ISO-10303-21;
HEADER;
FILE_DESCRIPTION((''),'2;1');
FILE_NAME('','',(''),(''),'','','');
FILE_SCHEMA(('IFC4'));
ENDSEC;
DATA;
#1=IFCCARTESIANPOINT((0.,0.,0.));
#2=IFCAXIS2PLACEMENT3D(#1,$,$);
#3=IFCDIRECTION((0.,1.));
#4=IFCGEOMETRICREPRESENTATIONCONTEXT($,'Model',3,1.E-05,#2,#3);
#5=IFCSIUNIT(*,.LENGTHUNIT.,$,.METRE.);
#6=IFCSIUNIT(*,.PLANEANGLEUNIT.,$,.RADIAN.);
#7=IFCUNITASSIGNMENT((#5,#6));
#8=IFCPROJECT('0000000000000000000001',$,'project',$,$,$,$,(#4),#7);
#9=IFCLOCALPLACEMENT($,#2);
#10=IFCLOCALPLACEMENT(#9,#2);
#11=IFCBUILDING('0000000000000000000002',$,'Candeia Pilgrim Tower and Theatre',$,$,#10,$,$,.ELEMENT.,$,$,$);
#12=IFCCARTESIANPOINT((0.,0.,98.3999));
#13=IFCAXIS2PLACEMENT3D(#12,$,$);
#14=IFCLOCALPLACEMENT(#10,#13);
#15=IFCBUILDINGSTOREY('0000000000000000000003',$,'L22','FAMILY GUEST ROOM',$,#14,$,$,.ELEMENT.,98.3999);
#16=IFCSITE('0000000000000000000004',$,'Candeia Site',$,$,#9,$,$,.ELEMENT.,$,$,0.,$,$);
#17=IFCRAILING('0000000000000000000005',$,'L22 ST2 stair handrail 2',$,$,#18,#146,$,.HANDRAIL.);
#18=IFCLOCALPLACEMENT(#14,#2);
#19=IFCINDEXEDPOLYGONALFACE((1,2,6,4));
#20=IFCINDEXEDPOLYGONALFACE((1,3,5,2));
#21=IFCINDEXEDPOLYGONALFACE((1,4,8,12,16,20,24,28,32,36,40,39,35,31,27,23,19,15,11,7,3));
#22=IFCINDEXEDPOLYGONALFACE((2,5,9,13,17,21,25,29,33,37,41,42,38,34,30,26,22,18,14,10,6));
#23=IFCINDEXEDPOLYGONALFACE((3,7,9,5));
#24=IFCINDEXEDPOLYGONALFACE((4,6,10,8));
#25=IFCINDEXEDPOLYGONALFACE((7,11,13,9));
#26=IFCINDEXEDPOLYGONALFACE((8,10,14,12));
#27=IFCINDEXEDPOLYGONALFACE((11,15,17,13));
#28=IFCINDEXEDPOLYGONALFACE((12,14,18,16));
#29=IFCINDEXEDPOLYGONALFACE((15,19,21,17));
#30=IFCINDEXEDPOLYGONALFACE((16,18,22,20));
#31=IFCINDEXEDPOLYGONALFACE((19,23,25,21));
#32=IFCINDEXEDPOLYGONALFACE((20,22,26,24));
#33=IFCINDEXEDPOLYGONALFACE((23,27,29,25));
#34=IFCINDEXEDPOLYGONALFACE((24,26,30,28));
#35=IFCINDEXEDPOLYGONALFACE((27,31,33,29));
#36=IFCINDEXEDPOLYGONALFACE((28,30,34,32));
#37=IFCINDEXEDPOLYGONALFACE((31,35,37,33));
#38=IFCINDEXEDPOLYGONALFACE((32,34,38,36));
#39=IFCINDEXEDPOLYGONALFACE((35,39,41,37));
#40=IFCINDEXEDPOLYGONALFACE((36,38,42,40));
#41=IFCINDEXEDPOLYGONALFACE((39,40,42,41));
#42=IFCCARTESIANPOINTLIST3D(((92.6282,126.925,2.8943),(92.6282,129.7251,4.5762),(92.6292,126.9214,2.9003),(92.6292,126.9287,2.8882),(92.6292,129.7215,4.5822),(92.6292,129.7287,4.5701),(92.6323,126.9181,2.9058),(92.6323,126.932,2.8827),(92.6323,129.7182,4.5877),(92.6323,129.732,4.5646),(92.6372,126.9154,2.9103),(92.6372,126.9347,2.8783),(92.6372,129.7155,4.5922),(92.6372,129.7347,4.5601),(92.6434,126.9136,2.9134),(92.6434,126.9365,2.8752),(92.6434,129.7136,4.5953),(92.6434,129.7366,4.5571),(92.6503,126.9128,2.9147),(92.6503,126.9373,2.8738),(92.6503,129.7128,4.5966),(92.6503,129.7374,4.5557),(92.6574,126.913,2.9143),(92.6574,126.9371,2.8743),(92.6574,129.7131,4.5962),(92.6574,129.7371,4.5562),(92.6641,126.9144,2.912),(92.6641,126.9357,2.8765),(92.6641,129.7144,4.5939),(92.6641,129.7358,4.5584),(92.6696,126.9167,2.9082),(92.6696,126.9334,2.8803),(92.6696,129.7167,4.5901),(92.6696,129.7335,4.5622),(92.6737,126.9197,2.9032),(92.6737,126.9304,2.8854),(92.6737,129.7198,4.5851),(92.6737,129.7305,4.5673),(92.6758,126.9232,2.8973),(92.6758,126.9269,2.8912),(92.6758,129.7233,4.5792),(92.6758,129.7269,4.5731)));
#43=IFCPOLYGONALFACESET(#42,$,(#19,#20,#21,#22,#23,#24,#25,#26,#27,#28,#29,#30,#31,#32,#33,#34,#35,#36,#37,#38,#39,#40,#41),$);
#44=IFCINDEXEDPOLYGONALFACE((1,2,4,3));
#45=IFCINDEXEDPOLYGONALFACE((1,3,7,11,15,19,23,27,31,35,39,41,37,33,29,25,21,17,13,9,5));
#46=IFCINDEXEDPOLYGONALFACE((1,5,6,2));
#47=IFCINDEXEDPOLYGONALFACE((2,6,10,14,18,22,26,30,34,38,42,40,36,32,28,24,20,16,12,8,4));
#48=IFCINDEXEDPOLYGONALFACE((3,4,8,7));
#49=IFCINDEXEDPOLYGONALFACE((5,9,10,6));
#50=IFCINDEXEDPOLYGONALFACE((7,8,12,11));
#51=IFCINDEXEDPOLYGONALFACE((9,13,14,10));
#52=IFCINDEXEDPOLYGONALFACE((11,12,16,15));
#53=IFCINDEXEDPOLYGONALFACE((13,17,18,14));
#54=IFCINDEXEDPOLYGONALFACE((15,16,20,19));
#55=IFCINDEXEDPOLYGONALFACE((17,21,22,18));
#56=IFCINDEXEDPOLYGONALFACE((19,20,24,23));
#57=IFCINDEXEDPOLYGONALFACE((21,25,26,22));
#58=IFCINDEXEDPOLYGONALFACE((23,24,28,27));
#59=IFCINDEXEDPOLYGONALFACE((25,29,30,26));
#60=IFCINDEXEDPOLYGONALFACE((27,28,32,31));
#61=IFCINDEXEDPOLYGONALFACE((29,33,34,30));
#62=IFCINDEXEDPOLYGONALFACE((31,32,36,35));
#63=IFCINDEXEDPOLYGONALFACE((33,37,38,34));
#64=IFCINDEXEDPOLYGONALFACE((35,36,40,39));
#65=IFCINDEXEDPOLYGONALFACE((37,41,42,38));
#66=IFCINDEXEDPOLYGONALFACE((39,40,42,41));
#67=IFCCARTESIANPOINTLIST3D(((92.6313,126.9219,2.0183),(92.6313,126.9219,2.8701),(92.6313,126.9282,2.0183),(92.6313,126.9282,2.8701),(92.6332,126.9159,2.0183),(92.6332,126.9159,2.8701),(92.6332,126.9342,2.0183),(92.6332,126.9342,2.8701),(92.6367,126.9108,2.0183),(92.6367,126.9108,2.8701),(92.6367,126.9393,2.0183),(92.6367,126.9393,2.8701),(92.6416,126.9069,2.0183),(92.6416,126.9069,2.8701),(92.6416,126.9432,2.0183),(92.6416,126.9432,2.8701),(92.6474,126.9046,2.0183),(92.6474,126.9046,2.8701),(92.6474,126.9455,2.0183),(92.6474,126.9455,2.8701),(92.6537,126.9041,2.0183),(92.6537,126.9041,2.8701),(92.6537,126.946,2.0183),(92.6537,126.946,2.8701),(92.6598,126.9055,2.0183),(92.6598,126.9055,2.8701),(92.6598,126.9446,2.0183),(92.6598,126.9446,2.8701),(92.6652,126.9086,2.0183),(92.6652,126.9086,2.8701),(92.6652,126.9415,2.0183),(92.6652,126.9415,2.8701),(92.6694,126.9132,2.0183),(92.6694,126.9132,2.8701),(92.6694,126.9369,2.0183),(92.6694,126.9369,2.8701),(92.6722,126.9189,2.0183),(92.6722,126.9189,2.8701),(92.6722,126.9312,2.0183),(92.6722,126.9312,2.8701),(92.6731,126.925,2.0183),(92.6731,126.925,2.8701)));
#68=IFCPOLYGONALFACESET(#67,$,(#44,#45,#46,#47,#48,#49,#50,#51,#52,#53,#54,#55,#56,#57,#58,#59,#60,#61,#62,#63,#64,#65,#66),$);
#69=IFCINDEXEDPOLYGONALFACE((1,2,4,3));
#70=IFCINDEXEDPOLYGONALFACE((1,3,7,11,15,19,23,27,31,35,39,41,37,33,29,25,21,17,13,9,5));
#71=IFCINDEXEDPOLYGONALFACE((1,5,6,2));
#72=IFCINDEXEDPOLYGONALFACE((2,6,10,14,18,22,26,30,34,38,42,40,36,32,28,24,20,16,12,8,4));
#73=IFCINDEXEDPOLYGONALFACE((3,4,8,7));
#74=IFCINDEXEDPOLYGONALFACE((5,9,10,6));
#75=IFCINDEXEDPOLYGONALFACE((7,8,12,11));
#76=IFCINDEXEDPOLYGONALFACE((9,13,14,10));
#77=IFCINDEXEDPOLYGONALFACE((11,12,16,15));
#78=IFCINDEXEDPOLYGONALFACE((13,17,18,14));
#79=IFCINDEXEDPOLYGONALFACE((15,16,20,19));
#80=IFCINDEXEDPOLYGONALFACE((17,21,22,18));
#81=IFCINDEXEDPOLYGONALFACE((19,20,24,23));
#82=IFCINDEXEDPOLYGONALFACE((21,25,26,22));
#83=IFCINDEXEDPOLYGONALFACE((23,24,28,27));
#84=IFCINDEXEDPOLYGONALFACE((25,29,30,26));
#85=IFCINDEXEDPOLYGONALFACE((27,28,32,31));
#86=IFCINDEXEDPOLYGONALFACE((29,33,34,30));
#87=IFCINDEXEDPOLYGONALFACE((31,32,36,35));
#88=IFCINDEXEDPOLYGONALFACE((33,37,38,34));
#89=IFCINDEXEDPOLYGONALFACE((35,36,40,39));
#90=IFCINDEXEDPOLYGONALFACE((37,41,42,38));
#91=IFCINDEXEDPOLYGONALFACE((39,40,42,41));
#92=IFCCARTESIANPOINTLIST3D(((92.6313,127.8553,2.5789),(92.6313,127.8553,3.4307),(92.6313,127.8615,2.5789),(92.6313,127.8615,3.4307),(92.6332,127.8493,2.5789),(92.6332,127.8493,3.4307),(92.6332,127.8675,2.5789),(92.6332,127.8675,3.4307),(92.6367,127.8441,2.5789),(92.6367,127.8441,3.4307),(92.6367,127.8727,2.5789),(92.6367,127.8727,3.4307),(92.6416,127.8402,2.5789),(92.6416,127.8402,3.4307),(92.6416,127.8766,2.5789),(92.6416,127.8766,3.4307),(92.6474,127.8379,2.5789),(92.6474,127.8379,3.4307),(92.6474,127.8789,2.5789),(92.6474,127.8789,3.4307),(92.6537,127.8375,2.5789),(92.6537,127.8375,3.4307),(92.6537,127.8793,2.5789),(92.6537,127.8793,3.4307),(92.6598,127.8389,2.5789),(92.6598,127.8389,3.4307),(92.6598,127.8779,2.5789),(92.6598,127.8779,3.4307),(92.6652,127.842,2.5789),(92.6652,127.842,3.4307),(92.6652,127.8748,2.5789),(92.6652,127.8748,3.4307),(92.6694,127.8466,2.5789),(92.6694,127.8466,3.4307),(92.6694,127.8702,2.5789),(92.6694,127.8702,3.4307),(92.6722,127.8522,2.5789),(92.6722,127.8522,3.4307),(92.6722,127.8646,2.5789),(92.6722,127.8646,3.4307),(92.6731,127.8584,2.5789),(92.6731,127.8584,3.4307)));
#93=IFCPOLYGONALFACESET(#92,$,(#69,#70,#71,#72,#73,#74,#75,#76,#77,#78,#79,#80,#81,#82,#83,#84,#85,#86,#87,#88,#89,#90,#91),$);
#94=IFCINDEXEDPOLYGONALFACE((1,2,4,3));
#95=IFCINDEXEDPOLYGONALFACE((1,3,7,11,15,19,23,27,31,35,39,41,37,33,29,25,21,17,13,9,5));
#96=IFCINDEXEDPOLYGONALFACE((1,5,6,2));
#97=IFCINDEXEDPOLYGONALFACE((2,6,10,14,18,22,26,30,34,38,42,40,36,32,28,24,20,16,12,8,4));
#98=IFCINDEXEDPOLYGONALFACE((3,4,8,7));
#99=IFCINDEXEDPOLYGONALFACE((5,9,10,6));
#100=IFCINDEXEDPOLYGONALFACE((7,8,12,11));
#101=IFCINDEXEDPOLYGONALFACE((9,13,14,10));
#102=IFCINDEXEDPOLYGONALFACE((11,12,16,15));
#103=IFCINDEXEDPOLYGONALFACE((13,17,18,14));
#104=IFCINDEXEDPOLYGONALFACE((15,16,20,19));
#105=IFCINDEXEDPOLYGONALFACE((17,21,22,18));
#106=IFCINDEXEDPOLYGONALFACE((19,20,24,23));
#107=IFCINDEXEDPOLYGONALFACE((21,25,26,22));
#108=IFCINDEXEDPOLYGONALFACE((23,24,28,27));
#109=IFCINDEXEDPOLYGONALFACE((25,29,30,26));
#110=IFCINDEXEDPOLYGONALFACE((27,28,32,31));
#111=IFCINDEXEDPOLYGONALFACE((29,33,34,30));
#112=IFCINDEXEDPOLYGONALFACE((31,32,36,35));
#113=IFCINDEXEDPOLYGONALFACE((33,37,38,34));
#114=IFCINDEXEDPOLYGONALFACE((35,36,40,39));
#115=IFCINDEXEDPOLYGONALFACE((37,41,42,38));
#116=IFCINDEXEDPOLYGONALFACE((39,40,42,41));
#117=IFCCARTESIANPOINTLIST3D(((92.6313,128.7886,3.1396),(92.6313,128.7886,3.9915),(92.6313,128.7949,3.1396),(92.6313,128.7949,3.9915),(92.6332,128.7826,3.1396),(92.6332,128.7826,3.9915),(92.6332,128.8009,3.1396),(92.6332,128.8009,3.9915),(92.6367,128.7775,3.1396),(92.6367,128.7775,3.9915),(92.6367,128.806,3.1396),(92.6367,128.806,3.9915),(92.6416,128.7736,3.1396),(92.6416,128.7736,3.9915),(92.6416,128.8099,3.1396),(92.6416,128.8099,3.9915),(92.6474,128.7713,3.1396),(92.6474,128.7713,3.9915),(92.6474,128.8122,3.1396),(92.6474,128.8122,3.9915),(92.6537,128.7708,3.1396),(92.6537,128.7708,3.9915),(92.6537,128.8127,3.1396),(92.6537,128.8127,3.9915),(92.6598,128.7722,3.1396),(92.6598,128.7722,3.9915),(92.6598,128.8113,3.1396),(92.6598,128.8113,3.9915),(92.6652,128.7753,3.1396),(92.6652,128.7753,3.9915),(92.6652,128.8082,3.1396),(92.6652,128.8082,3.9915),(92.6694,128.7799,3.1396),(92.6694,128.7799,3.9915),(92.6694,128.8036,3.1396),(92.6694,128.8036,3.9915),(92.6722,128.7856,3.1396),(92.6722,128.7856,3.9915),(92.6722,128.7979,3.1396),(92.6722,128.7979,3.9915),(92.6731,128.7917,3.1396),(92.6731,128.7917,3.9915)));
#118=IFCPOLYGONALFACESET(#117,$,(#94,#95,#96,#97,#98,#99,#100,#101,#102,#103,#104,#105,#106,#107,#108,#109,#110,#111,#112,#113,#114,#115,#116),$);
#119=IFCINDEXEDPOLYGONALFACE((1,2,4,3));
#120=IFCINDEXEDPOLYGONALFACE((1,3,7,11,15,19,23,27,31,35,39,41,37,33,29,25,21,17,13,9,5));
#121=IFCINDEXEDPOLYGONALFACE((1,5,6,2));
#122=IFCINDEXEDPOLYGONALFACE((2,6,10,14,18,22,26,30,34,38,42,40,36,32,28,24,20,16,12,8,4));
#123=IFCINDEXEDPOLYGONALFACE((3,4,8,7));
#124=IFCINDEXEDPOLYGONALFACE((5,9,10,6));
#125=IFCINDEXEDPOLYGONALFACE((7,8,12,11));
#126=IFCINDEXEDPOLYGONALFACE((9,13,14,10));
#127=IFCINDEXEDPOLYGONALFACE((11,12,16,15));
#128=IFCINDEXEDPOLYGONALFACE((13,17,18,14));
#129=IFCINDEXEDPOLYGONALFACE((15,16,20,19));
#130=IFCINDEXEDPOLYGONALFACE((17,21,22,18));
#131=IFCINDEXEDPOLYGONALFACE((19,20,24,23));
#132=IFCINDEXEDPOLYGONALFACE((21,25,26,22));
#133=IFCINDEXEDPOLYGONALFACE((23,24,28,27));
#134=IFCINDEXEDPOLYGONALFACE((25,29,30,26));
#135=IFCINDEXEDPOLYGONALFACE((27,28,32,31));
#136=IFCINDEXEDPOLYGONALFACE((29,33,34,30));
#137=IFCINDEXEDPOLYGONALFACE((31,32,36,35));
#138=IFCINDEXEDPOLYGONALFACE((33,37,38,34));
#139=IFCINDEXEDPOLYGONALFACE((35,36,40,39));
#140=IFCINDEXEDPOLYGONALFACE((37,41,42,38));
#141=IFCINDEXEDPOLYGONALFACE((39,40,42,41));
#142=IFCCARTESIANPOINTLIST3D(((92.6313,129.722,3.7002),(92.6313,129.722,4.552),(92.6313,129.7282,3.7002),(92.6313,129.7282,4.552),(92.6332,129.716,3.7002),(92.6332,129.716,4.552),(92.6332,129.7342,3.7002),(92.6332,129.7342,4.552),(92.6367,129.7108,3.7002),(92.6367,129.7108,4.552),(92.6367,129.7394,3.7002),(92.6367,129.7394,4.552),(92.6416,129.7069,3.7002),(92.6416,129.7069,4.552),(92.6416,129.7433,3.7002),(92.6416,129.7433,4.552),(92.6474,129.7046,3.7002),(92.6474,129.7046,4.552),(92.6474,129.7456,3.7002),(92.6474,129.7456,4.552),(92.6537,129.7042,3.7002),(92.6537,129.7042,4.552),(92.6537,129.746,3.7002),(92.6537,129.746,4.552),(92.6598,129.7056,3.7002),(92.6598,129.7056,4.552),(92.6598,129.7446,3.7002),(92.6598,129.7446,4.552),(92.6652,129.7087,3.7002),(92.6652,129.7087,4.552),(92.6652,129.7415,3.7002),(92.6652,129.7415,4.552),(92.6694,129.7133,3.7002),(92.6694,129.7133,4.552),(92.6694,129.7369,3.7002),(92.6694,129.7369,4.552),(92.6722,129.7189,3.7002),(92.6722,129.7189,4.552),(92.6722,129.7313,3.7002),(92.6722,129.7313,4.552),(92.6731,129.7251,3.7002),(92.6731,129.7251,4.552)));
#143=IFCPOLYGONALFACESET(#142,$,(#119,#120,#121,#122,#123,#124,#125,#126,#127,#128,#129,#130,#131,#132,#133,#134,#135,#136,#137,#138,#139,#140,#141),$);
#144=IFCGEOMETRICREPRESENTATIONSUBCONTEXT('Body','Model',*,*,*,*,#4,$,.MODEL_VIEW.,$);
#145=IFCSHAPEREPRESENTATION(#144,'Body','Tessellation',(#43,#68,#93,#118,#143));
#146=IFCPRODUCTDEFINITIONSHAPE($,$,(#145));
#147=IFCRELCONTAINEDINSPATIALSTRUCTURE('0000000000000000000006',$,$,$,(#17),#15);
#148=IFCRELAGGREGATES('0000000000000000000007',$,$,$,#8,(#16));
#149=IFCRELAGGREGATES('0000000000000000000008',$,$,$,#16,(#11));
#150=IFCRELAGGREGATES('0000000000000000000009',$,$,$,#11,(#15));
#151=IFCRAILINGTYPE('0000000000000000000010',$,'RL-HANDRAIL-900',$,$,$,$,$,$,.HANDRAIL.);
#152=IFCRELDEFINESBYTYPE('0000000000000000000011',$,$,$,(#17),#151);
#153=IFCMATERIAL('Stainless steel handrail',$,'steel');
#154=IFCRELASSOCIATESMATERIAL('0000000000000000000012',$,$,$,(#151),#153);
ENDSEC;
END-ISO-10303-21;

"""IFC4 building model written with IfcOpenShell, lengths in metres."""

from ifc_helpers import new_model, si_unit, direction, frame, origin, origin_2d, place, context, subcontext, project, spatial, circle, extrude, material, type_object, element, save


model = new_model("IFC4")

# Units and contexts
model_context = context("Model", 3, precision=1e-05, world=origin(), true_north=direction((0.0, 1.0)))
body_context = subcontext(model_context, "Body", "Model", "MODEL_VIEW")
ifc_project = project(units=[si_unit("LENGTHUNIT", "METRE"), si_unit("PLANEANGLEUNIT", "RADIAN")], contexts=[model_context])

# Site, building, storey
site_placement = place(None, origin())
site = spatial("IfcSite", under=ifc_project, at=site_placement, Name="Candeia Site", CompositionType="ELEMENT", RefElevation=0.0)
building_placement = place(site_placement, origin())
building = spatial("IfcBuilding", under=site, at=building_placement, Name="Candeia Pilgrim Tower and Theatre", CompositionType="ELEMENT")
storey_placement = place(building_placement, frame((0.0, 0.0, 98.3999)))
storey = spatial("IfcBuildingStorey", under=building, at=storey_placement, Name="L22", Description="FAMILY GUEST ROOM", CompositionType="ELEMENT", Elevation=98.3999)

# Railing
ifc_material_1 = material(Name="Stainless steel handrail", Category="steel")
railing_type_1 = type_object("IfcRailingType", Name="RL-HANDRAIL-900", PredefinedType="HANDRAIL", material=ifc_material_1)
railing_1_placement = place(storey_placement, frame((92.6521, 126.925, 2.0183)))
element("IfcRailing", 1, at=railing_1_placement, inside=storey, type_object=railing_type_1, Name="L22 ST2 stair handrail 2", PredefinedType="HANDRAIL", context=body_context, shape_type="SweptSolid", body=[
    extrude(circle(Radius=0.0239, at=origin_2d()), frame((0.0, 0.0, 0.876), z_axis=(0.0, 0.857242, 0.514913), x_axis=(-1.0, 0.0, 0.0)), (0.0, 0.0, 1.0), 3.2664),
    extrude(circle(Radius=0.021, at=origin_2d()), origin(), (0.0, 0.0, 1.0), 0.8518),
    extrude(circle(Radius=0.021, at=origin_2d()), frame((0.0, 0.9333, 0.5605)), (0.0, 0.0, 1.0), 0.8518),
    extrude(circle(Radius=0.021, at=origin_2d()), frame((0.0, 1.8667, 1.1213)), (0.0, 0.0, 1.0), 0.8518),
    extrude(circle(Radius=0.021, at=origin_2d()), frame((0.0, 2.8, 1.6819)), (0.0, 0.0, 1.0), 0.8518),
])

save(model, "model.ifc")
